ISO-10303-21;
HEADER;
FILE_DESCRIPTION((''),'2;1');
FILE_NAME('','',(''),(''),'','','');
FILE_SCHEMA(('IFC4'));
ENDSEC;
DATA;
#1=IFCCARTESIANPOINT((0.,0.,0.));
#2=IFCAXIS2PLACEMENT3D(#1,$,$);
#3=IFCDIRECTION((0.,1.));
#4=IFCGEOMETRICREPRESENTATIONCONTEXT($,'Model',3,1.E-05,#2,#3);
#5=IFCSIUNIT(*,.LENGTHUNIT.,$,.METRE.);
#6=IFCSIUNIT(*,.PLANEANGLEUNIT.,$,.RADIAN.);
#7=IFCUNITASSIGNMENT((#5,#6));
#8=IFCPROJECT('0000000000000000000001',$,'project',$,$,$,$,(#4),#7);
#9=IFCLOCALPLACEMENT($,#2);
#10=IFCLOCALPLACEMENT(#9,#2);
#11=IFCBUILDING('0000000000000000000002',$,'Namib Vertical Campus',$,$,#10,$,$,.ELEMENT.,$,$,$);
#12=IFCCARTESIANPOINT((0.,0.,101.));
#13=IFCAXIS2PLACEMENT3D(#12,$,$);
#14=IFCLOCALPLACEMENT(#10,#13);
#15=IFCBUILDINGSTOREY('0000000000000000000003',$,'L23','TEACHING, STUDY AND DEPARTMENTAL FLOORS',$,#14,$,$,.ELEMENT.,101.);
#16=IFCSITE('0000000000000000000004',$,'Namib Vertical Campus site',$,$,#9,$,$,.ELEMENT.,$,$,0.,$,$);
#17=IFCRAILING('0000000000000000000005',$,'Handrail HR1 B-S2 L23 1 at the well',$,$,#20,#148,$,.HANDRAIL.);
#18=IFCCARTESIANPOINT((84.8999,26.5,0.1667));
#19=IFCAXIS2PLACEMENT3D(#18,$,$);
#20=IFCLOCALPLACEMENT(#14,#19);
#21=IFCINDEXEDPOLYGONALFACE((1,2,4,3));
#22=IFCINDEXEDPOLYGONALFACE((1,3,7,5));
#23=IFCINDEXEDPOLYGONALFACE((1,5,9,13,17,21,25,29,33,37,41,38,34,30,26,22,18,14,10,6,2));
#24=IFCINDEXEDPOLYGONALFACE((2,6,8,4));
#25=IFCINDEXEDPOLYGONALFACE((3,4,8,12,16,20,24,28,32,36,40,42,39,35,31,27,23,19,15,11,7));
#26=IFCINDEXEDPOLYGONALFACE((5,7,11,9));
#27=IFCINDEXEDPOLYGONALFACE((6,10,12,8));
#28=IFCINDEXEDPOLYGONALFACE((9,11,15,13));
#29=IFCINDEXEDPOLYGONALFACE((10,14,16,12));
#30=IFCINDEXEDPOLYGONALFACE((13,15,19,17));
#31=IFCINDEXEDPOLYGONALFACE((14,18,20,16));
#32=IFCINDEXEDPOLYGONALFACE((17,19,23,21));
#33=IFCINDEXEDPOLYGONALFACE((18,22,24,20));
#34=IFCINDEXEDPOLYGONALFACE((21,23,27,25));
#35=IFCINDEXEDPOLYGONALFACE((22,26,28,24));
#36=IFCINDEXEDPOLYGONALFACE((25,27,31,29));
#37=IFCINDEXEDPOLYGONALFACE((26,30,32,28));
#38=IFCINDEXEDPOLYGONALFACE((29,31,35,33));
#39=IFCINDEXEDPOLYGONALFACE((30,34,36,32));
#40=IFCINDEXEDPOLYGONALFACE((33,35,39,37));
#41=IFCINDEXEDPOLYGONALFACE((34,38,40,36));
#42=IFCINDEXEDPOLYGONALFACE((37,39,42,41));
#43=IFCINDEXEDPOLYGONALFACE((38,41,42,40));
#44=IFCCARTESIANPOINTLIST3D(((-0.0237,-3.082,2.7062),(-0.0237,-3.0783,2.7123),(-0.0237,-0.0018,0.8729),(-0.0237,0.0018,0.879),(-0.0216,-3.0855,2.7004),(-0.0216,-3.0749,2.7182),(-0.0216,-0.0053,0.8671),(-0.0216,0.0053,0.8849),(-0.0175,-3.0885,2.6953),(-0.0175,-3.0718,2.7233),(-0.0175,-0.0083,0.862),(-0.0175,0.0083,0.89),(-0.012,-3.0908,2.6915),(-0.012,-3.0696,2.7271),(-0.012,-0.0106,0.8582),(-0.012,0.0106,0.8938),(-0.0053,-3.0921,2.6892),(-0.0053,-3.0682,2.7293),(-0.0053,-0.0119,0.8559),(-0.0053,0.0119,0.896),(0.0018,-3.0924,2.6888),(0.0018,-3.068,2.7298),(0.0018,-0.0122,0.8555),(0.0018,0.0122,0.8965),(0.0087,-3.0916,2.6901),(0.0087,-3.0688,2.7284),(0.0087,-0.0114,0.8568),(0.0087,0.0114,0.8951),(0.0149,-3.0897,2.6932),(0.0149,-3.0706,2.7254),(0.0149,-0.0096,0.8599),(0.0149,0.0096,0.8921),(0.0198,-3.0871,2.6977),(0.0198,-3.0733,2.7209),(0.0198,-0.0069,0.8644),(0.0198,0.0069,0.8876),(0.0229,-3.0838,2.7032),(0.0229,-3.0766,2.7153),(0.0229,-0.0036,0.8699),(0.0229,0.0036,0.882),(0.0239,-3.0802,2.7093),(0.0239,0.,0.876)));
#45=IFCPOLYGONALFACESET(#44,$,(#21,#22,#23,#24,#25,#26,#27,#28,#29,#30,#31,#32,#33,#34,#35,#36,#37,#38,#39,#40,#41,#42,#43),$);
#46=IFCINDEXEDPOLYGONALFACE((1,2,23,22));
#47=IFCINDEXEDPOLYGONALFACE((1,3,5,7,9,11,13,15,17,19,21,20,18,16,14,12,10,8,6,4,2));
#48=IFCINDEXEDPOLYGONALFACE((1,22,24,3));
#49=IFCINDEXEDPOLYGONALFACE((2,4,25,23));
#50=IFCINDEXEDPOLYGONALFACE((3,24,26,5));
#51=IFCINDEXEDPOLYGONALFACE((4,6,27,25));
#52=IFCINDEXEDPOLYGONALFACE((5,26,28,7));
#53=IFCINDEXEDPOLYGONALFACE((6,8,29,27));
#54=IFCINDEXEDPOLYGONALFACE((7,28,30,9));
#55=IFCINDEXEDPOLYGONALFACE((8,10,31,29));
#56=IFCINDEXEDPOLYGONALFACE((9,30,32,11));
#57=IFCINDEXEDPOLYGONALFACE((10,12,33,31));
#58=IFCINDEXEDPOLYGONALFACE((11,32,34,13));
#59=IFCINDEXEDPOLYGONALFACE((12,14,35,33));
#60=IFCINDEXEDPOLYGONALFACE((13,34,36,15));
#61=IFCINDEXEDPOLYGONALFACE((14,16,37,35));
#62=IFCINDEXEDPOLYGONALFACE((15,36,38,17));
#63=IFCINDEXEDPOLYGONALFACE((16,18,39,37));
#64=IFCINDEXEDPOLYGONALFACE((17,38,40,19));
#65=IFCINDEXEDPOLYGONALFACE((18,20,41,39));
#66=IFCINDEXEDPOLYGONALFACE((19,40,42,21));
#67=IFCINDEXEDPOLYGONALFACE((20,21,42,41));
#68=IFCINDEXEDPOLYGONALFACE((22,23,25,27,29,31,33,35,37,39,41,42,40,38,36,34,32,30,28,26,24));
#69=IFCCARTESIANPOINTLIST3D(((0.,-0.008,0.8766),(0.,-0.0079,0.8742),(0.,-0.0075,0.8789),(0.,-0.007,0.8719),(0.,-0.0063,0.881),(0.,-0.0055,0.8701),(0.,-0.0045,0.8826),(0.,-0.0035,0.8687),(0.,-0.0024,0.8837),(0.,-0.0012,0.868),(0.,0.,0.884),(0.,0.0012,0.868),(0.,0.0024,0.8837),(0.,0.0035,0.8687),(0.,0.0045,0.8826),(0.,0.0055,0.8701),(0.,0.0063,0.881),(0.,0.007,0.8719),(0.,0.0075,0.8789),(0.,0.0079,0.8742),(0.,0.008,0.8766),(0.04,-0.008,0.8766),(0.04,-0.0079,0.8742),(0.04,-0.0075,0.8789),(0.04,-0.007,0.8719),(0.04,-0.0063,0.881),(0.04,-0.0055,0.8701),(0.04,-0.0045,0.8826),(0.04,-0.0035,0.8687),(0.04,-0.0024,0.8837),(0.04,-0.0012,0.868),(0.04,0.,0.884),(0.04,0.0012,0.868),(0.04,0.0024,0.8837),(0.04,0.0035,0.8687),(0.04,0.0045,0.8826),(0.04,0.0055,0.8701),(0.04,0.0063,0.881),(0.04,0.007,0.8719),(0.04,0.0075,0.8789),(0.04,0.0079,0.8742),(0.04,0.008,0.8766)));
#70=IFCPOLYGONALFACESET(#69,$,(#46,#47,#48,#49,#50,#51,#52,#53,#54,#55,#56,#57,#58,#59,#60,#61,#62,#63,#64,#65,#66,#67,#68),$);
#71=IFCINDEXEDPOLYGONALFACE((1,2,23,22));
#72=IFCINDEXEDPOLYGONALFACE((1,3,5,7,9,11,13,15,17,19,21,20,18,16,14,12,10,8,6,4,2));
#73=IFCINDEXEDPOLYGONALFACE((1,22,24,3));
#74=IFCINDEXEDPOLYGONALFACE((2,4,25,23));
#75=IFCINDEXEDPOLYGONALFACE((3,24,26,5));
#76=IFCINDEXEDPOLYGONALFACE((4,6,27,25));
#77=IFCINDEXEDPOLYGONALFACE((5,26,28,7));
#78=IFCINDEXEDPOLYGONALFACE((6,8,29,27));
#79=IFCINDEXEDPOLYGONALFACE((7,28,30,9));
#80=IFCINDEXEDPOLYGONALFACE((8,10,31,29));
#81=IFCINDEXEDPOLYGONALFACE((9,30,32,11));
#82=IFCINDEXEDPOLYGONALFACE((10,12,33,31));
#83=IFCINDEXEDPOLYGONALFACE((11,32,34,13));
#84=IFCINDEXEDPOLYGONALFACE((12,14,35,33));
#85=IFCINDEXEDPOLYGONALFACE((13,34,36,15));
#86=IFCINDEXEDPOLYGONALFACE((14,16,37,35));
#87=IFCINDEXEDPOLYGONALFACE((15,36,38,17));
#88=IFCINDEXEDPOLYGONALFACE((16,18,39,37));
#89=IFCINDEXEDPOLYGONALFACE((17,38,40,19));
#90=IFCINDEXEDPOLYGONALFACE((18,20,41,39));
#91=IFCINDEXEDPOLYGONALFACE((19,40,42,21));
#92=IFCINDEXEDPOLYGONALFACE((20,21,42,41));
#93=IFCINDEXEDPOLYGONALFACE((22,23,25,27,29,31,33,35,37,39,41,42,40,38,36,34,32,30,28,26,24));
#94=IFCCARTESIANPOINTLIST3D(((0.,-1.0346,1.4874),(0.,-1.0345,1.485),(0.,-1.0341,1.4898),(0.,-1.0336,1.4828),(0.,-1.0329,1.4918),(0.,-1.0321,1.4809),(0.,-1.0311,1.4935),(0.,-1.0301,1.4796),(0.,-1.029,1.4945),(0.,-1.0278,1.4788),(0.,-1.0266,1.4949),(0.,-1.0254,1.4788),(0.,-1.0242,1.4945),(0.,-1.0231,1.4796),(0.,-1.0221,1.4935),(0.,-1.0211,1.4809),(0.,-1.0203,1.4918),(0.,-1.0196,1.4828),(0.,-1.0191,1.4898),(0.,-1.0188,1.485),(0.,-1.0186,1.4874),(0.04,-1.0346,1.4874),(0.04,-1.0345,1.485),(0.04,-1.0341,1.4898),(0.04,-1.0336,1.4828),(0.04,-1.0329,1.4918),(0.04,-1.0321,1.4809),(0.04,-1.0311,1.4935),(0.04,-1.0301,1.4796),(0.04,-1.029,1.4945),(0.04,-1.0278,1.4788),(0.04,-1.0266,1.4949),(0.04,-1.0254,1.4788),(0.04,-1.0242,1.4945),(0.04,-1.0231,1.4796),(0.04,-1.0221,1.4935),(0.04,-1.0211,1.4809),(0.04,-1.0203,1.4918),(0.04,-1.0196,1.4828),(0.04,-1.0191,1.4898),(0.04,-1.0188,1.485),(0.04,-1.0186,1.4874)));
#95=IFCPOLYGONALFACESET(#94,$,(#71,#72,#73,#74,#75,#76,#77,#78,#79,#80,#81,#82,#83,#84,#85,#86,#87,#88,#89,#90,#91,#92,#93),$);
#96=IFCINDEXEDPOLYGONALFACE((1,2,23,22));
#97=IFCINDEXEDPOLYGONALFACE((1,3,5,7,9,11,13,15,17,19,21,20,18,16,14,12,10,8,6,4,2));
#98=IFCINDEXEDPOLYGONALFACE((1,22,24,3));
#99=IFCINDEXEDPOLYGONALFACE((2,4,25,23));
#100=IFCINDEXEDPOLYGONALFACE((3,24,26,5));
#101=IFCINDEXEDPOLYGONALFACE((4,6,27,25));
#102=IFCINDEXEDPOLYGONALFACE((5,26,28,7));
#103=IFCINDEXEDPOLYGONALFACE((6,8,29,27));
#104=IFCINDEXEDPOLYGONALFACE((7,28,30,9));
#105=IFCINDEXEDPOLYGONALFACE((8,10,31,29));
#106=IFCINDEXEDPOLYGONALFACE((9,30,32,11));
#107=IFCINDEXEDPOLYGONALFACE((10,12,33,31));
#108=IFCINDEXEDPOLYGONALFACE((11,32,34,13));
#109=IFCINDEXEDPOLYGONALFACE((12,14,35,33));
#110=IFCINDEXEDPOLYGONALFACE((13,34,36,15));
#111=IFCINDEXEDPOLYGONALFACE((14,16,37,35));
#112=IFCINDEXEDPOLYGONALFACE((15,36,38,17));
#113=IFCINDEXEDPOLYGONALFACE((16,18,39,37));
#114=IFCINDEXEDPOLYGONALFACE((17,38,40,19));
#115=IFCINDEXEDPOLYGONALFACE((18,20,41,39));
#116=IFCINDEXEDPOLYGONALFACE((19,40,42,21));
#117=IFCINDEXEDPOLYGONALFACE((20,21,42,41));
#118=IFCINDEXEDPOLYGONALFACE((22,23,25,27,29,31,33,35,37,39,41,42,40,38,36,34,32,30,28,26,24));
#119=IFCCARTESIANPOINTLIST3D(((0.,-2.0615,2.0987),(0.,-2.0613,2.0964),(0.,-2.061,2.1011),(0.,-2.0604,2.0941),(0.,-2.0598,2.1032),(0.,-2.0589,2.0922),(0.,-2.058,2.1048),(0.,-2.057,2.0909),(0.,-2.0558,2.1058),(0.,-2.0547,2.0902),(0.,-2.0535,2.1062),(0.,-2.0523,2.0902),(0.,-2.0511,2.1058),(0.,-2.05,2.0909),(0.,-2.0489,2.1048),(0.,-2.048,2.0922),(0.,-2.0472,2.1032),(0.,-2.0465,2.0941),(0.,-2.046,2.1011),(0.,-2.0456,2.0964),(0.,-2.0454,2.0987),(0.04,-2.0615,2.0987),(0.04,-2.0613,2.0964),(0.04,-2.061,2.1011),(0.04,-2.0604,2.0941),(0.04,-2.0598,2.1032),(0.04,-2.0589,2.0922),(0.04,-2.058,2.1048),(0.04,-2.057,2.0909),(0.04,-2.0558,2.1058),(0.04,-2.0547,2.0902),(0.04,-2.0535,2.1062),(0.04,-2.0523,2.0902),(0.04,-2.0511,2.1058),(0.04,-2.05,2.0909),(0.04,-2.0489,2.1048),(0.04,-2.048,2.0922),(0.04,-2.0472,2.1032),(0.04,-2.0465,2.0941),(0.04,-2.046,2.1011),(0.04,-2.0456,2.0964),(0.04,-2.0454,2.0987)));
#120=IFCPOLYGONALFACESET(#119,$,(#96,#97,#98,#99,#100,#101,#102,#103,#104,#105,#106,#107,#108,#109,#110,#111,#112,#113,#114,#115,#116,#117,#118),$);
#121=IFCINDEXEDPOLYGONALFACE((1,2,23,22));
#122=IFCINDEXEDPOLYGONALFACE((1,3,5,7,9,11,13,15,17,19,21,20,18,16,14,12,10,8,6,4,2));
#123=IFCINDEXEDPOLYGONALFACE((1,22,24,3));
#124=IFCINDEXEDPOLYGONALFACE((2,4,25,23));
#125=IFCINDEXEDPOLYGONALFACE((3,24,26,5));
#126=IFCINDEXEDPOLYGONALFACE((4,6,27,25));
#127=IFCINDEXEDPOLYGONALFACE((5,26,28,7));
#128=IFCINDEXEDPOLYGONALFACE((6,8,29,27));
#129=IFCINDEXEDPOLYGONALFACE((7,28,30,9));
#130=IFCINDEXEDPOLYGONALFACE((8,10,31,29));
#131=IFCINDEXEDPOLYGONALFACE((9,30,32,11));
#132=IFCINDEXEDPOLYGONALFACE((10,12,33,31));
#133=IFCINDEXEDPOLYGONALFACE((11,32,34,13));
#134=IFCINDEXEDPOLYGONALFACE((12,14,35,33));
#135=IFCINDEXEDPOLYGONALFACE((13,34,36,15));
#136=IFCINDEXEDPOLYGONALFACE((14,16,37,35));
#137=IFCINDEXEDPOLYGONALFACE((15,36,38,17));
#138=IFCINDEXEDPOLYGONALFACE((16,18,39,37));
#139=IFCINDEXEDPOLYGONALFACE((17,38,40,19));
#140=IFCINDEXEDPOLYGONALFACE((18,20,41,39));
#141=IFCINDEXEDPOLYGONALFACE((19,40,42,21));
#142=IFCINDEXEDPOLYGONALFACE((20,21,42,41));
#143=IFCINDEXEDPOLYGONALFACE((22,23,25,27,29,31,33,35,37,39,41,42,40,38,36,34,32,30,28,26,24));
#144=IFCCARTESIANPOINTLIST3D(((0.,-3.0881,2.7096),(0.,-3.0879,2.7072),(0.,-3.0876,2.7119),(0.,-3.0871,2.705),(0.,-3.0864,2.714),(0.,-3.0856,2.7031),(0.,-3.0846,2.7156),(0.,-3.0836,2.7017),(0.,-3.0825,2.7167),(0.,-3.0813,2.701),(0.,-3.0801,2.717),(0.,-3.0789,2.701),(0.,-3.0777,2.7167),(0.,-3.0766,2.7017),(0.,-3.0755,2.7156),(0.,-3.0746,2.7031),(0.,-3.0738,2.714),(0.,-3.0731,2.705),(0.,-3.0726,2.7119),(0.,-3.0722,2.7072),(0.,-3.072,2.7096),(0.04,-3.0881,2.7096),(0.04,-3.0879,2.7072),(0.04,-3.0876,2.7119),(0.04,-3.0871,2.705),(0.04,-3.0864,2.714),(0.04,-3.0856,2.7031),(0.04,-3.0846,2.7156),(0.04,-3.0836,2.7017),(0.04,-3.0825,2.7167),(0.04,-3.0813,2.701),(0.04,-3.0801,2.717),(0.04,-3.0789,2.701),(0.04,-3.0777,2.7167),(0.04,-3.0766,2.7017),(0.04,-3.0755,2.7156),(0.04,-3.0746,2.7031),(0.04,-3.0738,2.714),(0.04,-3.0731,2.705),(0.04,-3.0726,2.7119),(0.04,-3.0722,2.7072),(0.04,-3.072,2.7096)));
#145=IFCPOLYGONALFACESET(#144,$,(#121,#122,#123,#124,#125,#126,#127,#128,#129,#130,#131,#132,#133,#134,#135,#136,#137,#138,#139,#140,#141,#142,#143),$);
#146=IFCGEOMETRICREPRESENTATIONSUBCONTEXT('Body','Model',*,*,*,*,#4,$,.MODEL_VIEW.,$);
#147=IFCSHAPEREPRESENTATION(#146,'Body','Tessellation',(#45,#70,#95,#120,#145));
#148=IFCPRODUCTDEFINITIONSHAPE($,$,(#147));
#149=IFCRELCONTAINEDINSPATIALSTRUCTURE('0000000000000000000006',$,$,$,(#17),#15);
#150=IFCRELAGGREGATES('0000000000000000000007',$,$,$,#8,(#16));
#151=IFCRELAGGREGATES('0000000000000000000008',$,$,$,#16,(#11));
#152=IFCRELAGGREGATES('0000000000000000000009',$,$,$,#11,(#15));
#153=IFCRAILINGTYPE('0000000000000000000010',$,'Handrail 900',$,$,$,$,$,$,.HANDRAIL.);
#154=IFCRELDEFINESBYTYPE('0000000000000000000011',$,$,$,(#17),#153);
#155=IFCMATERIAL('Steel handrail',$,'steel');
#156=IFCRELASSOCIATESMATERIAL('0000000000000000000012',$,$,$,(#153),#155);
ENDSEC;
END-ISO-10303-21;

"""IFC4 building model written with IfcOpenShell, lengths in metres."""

from ifc_helpers import new_model, si_unit, direction, frame, origin, origin_2d, place, context, subcontext, project, spatial, circle, extrude, material, type_object, element, save


model = new_model("IFC4")

# Units and contexts
model_context = context("Model", 3, precision=1e-05, world=origin(), true_north=direction((0.0, 1.0)))
body_context = subcontext(model_context, "Body", "Model", "MODEL_VIEW")
ifc_project = project(units=[si_unit("LENGTHUNIT", "METRE"), si_unit("PLANEANGLEUNIT", "RADIAN")], contexts=[model_context])

# Site, building, storey
site_placement = place(None, origin())
site = spatial("IfcSite", under=ifc_project, at=site_placement, Name="Namib Vertical Campus site", CompositionType="ELEMENT", RefElevation=0.0)
building_placement = place(site_placement, origin())
building = spatial("IfcBuilding", under=site, at=building_placement, Name="Namib Vertical Campus", CompositionType="ELEMENT")
storey_placement = place(building_placement, frame((0.0, 0.0, 101.0)))
storey = spatial("IfcBuildingStorey", under=building, at=storey_placement, Name="L23", Description="TEACHING, STUDY AND DEPARTMENTAL FLOORS", CompositionType="ELEMENT", Elevation=101.0)

# Railing
ifc_material_1 = material(Name="Steel handrail", Category="steel")
railing_type_1 = type_object("IfcRailingType", Name="Handrail 900", PredefinedType="HANDRAIL", material=ifc_material_1)
railing_1_placement = place(storey_placement, frame((84.8999, 26.5, 0.1667)))
element("IfcRailing", 1, at=railing_1_placement, inside=storey, type_object=railing_type_1, Name="Handrail HR1 B-S2 L23 1 at the well", PredefinedType="HANDRAIL", context=body_context, shape_type="SweptSolid", body=[
    extrude(circle(Radius=0.0239, at=origin_2d()), frame((0.0, 0.0, 0.876), z_axis=(0.0, -0.859309, 0.511458), x_axis=(1.0, 0.0, 0.0)), (0.0, 0.0, 1.0), 3.5845),
    extrude(circle(Radius=0.0081, at=origin_2d()), frame((0.0, 0.0, 0.876), z_axis=(1.0, 0.0, 0.0), x_axis=(0.0, 0.0, 1.0)), (0.0, 0.0, 1.0), 0.04),
    extrude(circle(Radius=0.0081, at=origin_2d()), frame((0.0, -1.0266, 1.4868), z_axis=(1.0, 0.0, 0.0), x_axis=(0.0, 0.0, 1.0)), (0.0, 0.0, 1.0), 0.04),
    extrude(circle(Radius=0.0081, at=origin_2d()), frame((0.0, -2.0535, 2.0981), z_axis=(1.0, 0.0, 0.0), x_axis=(0.0, 0.0, 1.0)), (0.0, 0.0, 1.0), 0.04),
    extrude(circle(Radius=0.0081, at=origin_2d()), frame((0.0, -3.0801, 2.709), z_axis=(1.0, 0.0, 0.0), x_axis=(0.0, 0.0, 1.0)), (0.0, 0.0, 1.0), 0.04),
])

save(model, "model.ifc")
